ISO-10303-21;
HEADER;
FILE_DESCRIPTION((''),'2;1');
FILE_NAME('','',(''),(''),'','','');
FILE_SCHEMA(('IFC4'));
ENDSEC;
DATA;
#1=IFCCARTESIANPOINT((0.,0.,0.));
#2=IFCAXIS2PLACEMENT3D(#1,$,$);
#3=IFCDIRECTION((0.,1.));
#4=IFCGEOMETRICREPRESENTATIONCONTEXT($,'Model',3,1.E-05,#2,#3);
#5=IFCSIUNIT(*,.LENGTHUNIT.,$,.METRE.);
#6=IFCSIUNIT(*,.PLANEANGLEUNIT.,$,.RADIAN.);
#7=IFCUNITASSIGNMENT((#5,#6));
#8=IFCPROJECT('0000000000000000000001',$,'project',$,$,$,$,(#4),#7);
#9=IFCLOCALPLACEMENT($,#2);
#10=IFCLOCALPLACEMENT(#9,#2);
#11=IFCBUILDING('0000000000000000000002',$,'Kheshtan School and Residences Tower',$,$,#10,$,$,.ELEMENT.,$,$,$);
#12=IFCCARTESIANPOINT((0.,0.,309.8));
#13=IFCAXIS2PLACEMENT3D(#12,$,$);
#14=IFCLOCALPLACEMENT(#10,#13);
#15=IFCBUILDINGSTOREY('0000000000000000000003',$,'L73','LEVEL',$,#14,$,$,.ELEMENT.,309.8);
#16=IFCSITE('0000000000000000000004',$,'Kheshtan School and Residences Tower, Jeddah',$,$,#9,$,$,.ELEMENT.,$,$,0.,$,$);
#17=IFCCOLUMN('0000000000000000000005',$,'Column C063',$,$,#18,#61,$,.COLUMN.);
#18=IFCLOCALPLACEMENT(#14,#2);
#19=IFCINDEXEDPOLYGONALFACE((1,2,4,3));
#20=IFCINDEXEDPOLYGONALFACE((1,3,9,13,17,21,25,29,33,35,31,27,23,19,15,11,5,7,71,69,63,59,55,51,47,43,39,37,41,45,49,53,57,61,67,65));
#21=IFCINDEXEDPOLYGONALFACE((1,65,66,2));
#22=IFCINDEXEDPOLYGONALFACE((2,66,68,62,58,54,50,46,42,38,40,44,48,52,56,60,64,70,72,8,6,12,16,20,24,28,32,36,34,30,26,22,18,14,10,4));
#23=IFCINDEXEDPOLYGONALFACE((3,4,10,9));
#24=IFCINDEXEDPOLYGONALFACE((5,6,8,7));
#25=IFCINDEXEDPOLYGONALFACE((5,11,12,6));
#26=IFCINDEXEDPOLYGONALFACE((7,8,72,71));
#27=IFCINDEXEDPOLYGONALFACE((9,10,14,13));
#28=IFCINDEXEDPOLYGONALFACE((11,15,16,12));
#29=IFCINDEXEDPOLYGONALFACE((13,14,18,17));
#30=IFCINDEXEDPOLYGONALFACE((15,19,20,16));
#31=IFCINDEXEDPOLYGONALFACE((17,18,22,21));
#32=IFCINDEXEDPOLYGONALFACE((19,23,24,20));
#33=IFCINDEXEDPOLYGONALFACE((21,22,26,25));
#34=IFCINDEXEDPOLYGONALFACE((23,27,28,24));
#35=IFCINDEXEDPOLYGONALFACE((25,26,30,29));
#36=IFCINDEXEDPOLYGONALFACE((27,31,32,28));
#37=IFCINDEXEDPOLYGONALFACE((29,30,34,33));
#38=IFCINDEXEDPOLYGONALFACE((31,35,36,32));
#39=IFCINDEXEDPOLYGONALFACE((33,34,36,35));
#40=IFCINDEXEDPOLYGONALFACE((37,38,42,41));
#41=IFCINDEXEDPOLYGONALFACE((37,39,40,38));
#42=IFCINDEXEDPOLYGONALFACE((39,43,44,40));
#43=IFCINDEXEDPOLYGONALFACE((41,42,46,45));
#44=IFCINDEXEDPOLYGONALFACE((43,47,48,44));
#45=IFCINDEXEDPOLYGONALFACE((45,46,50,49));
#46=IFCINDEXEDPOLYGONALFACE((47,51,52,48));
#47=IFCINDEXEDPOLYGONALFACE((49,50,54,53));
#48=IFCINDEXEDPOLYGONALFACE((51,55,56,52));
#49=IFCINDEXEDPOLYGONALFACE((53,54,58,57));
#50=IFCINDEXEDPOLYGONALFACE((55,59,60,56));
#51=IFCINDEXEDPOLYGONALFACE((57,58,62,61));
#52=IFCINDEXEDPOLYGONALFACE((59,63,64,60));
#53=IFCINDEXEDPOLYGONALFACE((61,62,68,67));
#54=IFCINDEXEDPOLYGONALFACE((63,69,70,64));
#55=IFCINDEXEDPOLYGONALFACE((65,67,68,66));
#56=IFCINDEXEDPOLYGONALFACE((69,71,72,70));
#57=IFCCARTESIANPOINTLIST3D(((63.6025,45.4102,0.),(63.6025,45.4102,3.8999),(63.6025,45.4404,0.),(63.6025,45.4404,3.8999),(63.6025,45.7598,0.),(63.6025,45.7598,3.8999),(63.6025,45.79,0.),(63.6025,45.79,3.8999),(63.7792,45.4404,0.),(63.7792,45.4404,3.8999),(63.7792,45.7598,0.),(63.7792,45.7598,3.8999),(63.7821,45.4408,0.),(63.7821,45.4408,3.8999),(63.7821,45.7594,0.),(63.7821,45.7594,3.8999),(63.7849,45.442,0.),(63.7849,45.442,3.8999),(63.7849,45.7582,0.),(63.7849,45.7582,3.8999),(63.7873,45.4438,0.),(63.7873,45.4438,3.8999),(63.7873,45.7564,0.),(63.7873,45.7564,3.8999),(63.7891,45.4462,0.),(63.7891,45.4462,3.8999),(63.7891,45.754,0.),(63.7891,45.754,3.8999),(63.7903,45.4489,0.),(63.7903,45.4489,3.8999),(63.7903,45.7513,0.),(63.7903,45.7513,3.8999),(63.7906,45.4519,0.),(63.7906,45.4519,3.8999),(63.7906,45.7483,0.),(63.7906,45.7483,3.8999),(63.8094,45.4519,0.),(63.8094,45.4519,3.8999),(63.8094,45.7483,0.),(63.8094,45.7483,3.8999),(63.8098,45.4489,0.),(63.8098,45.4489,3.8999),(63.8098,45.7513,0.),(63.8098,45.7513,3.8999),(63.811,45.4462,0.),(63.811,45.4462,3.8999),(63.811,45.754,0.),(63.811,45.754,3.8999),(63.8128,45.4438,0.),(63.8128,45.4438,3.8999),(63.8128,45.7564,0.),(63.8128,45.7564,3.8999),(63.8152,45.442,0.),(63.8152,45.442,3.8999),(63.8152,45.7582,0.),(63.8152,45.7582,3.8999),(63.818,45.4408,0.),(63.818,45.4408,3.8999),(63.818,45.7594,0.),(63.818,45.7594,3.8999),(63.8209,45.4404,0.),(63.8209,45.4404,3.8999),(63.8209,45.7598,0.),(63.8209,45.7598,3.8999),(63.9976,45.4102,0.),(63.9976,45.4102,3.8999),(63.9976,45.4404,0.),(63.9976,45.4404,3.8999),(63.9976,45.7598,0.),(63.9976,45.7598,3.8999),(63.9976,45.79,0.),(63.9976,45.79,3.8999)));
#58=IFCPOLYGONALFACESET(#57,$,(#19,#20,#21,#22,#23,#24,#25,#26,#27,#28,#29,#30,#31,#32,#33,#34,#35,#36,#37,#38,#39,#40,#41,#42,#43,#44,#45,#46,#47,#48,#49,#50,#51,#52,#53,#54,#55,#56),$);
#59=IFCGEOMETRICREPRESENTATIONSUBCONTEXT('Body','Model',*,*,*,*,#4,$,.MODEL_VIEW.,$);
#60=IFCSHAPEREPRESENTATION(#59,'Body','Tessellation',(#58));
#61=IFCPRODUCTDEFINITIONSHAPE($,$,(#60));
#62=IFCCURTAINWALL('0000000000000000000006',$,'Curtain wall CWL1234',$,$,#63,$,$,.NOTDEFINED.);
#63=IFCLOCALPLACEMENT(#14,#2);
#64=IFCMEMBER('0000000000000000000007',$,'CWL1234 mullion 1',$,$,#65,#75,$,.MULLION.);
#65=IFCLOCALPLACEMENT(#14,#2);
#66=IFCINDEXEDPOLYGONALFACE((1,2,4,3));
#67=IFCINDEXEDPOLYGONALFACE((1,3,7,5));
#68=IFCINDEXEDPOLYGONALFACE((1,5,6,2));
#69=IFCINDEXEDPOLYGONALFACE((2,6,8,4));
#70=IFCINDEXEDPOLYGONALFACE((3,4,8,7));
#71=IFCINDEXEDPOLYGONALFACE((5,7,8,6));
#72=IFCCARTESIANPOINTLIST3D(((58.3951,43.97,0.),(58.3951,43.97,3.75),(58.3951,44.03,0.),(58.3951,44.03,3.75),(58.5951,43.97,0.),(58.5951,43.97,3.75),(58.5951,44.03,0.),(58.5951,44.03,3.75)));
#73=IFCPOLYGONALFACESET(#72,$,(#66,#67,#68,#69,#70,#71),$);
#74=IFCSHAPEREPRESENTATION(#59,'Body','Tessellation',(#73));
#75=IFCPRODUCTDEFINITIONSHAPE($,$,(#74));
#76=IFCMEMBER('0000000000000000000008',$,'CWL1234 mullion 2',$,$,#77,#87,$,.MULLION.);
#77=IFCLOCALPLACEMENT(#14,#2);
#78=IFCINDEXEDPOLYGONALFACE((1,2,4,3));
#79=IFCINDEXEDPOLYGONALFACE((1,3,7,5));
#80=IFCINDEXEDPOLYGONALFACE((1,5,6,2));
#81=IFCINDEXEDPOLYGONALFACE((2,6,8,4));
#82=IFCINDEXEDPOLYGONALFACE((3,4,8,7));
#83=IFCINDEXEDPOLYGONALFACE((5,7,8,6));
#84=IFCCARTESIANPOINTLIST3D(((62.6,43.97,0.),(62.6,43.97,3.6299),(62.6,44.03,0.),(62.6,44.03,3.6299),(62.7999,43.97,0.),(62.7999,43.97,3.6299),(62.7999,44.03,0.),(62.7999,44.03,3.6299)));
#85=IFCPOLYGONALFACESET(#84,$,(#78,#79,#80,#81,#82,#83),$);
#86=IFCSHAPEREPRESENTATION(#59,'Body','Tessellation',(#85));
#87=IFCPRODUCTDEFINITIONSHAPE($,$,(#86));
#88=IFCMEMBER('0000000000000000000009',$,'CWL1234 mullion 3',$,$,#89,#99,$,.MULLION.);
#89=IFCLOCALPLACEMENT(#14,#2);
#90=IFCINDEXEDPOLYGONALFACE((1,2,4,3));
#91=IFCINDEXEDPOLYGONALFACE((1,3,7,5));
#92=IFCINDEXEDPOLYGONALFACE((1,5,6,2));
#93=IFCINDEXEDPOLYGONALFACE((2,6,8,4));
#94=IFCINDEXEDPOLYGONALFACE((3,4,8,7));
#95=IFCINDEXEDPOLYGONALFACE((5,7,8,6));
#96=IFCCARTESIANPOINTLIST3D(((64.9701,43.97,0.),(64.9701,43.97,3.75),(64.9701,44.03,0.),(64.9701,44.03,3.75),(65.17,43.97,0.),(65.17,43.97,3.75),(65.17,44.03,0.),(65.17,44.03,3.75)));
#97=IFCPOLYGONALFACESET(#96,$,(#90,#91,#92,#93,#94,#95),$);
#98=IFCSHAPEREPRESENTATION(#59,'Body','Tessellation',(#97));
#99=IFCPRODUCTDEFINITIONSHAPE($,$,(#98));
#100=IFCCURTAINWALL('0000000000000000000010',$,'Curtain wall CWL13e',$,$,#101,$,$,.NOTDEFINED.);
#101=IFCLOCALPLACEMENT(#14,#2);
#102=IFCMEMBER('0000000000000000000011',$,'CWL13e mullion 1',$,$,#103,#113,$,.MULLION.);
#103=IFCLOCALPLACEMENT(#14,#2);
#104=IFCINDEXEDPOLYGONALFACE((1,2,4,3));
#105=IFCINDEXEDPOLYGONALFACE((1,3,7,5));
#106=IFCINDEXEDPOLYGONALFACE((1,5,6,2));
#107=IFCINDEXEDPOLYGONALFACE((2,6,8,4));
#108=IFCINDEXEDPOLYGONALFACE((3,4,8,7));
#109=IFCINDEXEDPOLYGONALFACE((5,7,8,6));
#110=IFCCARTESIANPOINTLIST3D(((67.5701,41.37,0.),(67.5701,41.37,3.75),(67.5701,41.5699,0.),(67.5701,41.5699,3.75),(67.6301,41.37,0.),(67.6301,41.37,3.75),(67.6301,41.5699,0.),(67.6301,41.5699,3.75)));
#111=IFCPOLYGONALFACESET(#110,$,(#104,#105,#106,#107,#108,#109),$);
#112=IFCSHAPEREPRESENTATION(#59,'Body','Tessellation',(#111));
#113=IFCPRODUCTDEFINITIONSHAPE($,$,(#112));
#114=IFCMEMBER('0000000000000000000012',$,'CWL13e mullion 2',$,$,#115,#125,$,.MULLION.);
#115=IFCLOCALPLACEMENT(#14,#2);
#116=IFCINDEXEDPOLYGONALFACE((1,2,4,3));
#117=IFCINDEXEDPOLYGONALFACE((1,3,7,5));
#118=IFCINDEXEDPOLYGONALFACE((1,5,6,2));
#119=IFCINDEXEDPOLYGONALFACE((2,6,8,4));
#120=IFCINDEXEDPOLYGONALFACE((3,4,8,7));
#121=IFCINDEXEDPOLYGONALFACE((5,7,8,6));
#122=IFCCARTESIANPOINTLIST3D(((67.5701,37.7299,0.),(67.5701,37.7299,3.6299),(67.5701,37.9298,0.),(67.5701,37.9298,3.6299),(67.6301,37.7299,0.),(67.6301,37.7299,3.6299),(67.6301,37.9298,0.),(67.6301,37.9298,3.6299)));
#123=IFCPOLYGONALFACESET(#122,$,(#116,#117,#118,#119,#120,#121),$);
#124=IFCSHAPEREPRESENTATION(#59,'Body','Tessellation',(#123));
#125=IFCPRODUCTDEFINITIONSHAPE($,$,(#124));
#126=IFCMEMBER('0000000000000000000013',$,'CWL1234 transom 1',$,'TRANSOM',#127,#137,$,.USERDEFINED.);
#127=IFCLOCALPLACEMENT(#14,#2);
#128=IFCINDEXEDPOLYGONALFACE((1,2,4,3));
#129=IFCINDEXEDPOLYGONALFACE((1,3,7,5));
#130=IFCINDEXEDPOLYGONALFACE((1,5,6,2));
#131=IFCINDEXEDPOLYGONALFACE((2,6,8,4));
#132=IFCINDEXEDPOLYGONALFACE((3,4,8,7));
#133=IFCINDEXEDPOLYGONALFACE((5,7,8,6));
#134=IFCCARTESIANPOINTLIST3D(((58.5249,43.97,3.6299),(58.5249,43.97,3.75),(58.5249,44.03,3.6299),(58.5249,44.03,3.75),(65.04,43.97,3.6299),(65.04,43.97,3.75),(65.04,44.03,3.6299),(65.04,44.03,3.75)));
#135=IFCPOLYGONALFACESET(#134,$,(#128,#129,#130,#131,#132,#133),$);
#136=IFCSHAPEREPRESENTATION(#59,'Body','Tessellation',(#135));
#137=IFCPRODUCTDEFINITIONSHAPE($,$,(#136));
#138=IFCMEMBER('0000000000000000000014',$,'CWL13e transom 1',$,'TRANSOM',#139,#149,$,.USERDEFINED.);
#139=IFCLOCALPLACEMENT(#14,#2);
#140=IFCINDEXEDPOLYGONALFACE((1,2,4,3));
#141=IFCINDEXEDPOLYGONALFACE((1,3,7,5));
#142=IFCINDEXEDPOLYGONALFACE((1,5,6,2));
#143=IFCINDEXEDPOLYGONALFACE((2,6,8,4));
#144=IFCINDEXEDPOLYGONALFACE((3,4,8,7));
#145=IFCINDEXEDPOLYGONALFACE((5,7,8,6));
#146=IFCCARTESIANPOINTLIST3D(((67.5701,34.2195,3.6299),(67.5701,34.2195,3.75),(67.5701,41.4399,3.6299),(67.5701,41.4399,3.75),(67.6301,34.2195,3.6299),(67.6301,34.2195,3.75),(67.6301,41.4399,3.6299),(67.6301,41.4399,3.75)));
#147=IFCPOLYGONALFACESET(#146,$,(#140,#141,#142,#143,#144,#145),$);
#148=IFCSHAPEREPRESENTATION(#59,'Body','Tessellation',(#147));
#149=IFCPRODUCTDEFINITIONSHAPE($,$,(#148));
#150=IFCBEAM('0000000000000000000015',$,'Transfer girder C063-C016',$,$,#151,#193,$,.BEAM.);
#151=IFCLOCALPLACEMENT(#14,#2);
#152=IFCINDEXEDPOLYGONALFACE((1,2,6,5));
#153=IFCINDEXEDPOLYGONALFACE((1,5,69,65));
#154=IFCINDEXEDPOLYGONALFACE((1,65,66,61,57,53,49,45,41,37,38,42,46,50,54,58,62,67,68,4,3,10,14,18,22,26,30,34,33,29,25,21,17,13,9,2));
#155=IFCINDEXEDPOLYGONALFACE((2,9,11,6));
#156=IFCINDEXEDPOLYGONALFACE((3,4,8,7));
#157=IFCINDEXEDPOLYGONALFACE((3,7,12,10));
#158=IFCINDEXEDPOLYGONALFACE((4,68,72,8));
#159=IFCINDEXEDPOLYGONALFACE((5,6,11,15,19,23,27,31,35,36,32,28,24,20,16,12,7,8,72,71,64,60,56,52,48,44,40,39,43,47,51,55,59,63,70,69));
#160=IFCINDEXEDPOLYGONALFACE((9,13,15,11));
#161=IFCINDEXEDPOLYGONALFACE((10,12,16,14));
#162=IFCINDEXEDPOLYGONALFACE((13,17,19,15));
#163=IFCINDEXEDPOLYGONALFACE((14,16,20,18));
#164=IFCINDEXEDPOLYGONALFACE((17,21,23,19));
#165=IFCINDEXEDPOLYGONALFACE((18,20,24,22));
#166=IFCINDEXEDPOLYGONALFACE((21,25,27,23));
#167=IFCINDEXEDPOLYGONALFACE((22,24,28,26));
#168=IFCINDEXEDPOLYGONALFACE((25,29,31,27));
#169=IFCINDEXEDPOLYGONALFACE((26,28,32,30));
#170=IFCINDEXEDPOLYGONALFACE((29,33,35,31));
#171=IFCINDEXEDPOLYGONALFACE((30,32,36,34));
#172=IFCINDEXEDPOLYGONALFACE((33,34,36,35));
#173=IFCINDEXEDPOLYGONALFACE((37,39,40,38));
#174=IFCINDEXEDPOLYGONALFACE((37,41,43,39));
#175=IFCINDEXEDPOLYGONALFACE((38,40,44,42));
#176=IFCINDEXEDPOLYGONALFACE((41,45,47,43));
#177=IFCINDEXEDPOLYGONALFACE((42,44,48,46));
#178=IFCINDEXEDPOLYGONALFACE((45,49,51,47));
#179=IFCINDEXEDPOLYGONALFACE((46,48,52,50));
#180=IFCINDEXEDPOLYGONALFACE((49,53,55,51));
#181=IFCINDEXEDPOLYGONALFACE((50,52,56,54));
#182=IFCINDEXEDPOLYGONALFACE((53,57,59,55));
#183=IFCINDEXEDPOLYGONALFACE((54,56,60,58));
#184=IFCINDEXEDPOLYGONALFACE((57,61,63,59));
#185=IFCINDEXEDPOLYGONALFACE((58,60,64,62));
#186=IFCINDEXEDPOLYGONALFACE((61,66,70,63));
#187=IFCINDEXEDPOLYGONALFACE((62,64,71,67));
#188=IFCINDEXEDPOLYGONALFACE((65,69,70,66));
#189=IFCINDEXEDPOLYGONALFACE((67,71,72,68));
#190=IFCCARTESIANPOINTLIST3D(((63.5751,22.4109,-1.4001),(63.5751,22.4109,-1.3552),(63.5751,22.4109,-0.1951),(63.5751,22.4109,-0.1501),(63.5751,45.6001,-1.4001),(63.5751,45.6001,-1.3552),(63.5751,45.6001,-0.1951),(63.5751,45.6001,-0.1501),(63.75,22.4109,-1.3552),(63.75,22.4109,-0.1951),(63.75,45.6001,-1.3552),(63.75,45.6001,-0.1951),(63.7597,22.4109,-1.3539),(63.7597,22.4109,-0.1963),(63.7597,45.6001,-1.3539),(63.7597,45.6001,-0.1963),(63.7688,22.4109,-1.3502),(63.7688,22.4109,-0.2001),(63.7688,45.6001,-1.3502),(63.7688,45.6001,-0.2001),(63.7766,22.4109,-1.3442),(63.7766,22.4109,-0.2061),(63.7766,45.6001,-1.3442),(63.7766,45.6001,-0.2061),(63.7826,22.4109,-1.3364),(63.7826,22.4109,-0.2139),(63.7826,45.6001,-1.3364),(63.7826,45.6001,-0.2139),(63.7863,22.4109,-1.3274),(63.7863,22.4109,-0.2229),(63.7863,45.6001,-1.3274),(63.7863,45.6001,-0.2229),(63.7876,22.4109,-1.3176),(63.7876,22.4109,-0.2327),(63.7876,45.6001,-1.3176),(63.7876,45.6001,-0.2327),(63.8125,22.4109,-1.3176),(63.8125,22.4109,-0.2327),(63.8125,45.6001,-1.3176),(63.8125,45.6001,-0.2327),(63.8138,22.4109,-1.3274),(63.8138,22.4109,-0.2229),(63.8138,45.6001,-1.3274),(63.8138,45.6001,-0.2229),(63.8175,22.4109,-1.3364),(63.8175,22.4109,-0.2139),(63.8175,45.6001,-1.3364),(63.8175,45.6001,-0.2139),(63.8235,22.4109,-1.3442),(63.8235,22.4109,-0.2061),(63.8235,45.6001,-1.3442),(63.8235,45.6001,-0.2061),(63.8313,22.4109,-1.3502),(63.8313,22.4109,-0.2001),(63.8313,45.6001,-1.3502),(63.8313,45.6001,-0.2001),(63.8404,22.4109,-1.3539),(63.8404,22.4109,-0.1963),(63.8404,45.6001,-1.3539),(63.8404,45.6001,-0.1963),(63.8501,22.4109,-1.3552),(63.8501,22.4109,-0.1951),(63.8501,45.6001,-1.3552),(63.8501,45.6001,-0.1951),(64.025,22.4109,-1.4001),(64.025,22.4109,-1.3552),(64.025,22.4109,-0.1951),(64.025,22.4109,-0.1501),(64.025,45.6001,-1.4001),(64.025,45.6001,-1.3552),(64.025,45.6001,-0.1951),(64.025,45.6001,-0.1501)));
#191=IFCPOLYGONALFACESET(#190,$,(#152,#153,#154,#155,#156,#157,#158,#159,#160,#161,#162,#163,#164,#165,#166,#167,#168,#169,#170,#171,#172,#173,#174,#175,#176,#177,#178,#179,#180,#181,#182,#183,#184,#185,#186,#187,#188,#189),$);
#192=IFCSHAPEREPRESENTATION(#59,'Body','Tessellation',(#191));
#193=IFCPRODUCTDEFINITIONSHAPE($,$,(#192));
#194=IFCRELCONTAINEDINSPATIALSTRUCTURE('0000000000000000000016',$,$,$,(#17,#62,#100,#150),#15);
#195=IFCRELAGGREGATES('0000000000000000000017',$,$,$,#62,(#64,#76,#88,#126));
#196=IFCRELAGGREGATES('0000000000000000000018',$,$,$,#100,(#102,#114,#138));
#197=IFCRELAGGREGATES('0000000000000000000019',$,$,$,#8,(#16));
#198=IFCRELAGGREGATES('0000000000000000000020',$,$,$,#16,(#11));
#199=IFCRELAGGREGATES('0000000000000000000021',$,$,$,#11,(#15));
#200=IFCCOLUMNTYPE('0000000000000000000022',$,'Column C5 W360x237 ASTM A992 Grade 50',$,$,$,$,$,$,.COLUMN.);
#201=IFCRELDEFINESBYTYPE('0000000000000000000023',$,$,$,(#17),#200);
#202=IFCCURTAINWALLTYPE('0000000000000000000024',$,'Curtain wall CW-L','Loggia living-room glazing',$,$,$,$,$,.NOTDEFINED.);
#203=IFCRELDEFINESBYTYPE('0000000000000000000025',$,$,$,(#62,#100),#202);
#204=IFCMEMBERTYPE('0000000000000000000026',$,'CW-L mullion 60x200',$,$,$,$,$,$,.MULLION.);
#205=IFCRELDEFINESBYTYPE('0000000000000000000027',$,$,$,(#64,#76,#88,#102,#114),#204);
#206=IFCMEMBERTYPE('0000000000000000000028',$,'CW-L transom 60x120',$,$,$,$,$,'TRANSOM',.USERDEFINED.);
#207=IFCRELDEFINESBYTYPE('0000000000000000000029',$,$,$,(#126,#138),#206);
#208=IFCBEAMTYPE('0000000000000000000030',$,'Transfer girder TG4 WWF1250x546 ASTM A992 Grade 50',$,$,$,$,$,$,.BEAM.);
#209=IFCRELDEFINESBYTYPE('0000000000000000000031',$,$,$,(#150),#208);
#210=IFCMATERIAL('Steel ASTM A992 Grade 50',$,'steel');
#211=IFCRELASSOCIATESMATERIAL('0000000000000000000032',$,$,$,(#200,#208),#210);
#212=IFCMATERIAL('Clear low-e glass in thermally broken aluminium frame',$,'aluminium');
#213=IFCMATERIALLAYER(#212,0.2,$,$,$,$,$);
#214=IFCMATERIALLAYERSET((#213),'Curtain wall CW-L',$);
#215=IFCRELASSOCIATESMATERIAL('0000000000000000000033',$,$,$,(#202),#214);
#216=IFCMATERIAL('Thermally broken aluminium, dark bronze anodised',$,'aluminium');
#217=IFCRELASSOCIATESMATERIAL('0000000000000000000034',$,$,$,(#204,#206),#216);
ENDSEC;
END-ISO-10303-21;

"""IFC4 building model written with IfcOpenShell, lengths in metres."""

from ifc_helpers import new_model, si_unit, direction, frame, origin, origin_2d, place, context, subcontext, project, spatial, rectangle, i_section, extrude, material, layer, layer_set, material_profile, profile_set, type_object, element, aggregate, save


model = new_model("IFC4")

# Units and contexts
model_context = context("Model", 3, precision=1e-05, world=origin(), true_north=direction((0.0, 1.0)))
body_context = subcontext(model_context, "Body", "Model", "MODEL_VIEW")
ifc_project = project(units=[si_unit("LENGTHUNIT", "METRE"), si_unit("PLANEANGLEUNIT", "RADIAN")], contexts=[model_context])

# Site, building, storey
site_placement = place(None, origin())
site = spatial("IfcSite", under=ifc_project, at=site_placement, Name="Kheshtan School and Residences Tower, Jeddah", CompositionType="ELEMENT", RefElevation=0.0)
building_placement = place(site_placement, origin())
building = spatial("IfcBuilding", under=site, at=building_placement, Name="Kheshtan School and Residences Tower", CompositionType="ELEMENT")
storey_placement = place(building_placement, frame((0.0, 0.0, 309.8)))
storey = spatial("IfcBuildingStorey", under=building, at=storey_placement, Name="L73", Description="LEVEL", CompositionType="ELEMENT", Elevation=309.8)

# Column
ifc_material_1 = material(Name="Steel ASTM A992 Grade 50", Category="steel")
ifc_material_profile_1 = material_profile(ifc_material_1, i_section(OverallWidth=0.395, OverallDepth=0.3799, WebThickness=0.0188, FlangeThickness=0.0303, FilletRadius=0.0115, at=origin_2d()), Name="W360x237")
ifc_profile_set_1 = profile_set([ifc_material_profile_1], Name="Steel ASTM A992 Grade 50")
column_type = type_object("IfcColumnType", Name="Column C5 W360x237 ASTM A992 Grade 50", PredefinedType="COLUMN", material=ifc_profile_set_1)
column_placement = place(storey_placement, frame((63.8, 45.6001, 0.0), z_axis=(0.0, 0.0, 1.0), x_axis=(1.0, 0.0, 0.0)))
element("IfcColumn", 1, at=column_placement, inside=storey, type_object=column_type, Name="Column C063", PredefinedType="COLUMN", context=body_context, shape_type="SweptSolid", body=[
    extrude(i_section(OverallWidth=0.395, OverallDepth=0.3799, WebThickness=0.0188, FlangeThickness=0.0303, FilletRadius=0.0115, at=origin_2d()), origin(), (0.0, 0.0, 1.0), 3.8999),
])

# Curtain walls, members
ifc_material_2 = material(Name="Clear low-e glass in thermally broken aluminium frame", Category="aluminium")
ifc_layer_1 = layer(ifc_material_2, 0.2)
ifc_layer_set_1 = layer_set([ifc_layer_1], Name="Curtain wall CW-L")
curtain_wall_type = type_object("IfcCurtainWallType", Name="Curtain wall CW-L", Description="Loggia living-room glazing", PredefinedType="NOTDEFINED", material=ifc_layer_set_1)
curtain_wall_1_placement = place(storey_placement, origin())
curtain_wall_1 = element("IfcCurtainWall", 2, at=curtain_wall_1_placement, inside=storey, type_object=curtain_wall_type, Name="Curtain wall CWL1234", PredefinedType="NOTDEFINED")
ifc_material_3 = material(Name="Thermally broken aluminium, dark bronze anodised", Category="aluminium")
ifc_material_profile_2 = material_profile(ifc_material_3, rectangle(XDim=0.0601, YDim=0.2, at=origin_2d()), Name="CW-L mullion 60x200")
ifc_profile_set_2 = profile_set([ifc_material_profile_2], Name="Thermally broken aluminium, dark bronze anodised")
member_type_1 = type_object("IfcMemberType", Name="CW-L mullion 60x200", PredefinedType="MULLION", material=ifc_profile_set_2)
member_1_placement = place(storey_placement, frame((58.4951, 44.0, 0.0), z_axis=(0.0, 0.0, 1.0), x_axis=(0.0, 1.0, 0.0)))
member_1 = element("IfcMember", 3, at=member_1_placement, type_object=member_type_1, Name="CWL1234 mullion 1", PredefinedType="MULLION", context=body_context, shape_type="SweptSolid", body=[
    extrude(rectangle(XDim=0.0601, YDim=0.2, at=origin_2d()), origin(), (0.0, 0.0, 1.0), 3.75),
])
member_2_placement = place(storey_placement, frame((62.7, 44.0, 0.0), z_axis=(0.0, 0.0, 1.0), x_axis=(0.0, 1.0, 0.0)))
member_2 = element("IfcMember", 4, at=member_2_placement, type_object=member_type_1, Name="CWL1234 mullion 2", PredefinedType="MULLION", context=body_context, shape_type="SweptSolid", body=[
    extrude(rectangle(XDim=0.0601, YDim=0.2, at=origin_2d()), origin(), (0.0, 0.0, 1.0), 3.6299),
])
member_3_placement = place(storey_placement, frame((65.0701, 44.0, 0.0), z_axis=(0.0, 0.0, 1.0), x_axis=(0.0, 1.0, 0.0)))
member_3 = element("IfcMember", 5, at=member_3_placement, type_object=member_type_1, Name="CWL1234 mullion 3", PredefinedType="MULLION", context=body_context, shape_type="SweptSolid", body=[
    extrude(rectangle(XDim=0.0601, YDim=0.2, at=origin_2d()), origin(), (0.0, 0.0, 1.0), 3.75),
])
curtain_wall_2_placement = place(storey_placement, origin())
curtain_wall_2 = element("IfcCurtainWall", 6, at=curtain_wall_2_placement, inside=storey, type_object=curtain_wall_type, Name="Curtain wall CWL13e", PredefinedType="NOTDEFINED")
member_4_placement = place(storey_placement, frame((67.6001, 41.47, 0.0), z_axis=(0.0, 0.0, 1.0), x_axis=(1.0, 0.0, 0.0)))
member_4 = element("IfcMember", 7, at=member_4_placement, type_object=member_type_1, Name="CWL13e mullion 1", PredefinedType="MULLION", context=body_context, shape_type="SweptSolid", body=[
    extrude(rectangle(XDim=0.0601, YDim=0.2, at=origin_2d()), origin(), (0.0, 0.0, 1.0), 3.75),
])
member_5_placement = place(storey_placement, frame((67.6001, 37.8298, 0.0), z_axis=(0.0, 0.0, 1.0), x_axis=(1.0, 0.0, 0.0)))
member_5 = element("IfcMember", 8, at=member_5_placement, type_object=member_type_1, Name="CWL13e mullion 2", PredefinedType="MULLION", context=body_context, shape_type="SweptSolid", body=[
    extrude(rectangle(XDim=0.0601, YDim=0.2, at=origin_2d()), origin(), (0.0, 0.0, 1.0), 3.6299),
])

# Members
ifc_material_profile_3 = material_profile(ifc_material_3, rectangle(XDim=0.0601, YDim=0.1201, at=origin_2d()), Name="CW-L transom 60x120")
ifc_profile_set_3 = profile_set([ifc_material_profile_3], Name="Thermally broken aluminium, dark bronze anodised")
member_type_2 = type_object("IfcMemberType", Name="CW-L transom 60x120", ElementType="TRANSOM", PredefinedType="USERDEFINED", material=ifc_profile_set_3)
member_6_placement = place(storey_placement, frame((58.5249, 44.0, 3.6899), z_axis=(1.0, 0.0, 0.0), x_axis=(0.0, 1.0, 0.0)))
member_6 = element("IfcMember", 9, at=member_6_placement, type_object=member_type_2, Name="CWL1234 transom 1", ObjectType="TRANSOM", PredefinedType="USERDEFINED", context=body_context, shape_type="SweptSolid", body=[
    extrude(rectangle(XDim=0.0601, YDim=0.1201, at=origin_2d()), origin(), (0.0, 0.0, 1.0), 6.5151),
])
member_7_placement = place(storey_placement, frame((67.6001, 41.4399, 3.6899), z_axis=(0.0, -1.0, 0.0), x_axis=(1.0, 0.0, 0.0)))
member_7 = element("IfcMember", 10, at=member_7_placement, type_object=member_type_2, Name="CWL13e transom 1", ObjectType="TRANSOM", PredefinedType="USERDEFINED", context=body_context, shape_type="SweptSolid", body=[
    extrude(rectangle(XDim=0.0601, YDim=0.1201, at=origin_2d()), origin(), (0.0, 0.0, 1.0), 7.2205),
])

# Beam
ifc_material_profile_4 = material_profile(ifc_material_1, i_section(OverallWidth=0.45, OverallDepth=1.25, WebThickness=0.0249, FlangeThickness=0.0449, FilletRadius=0.0376, at=origin_2d()), Name="WWF1250x546")
ifc_profile_set_4 = profile_set([ifc_material_profile_4], Name="Steel ASTM A992 Grade 50")
beam_type = type_object("IfcBeamType", Name="Transfer girder TG4 WWF1250x546 ASTM A992 Grade 50", PredefinedType="BEAM", material=ifc_profile_set_4)
beam_placement = place(storey_placement, frame((63.8, 45.6001, -0.7751), z_axis=(0.0, -1.0, 0.0), x_axis=(1.0, 0.0, 0.0)))
element("IfcBeam", 11, at=beam_placement, inside=storey, type_object=beam_type, Name="Transfer girder C063-C016", PredefinedType="BEAM", context=body_context, shape_type="SweptSolid", body=[
    extrude(i_section(OverallWidth=0.45, OverallDepth=1.25, WebThickness=0.0249, FlangeThickness=0.0449, FilletRadius=0.0376, at=origin_2d()), origin(), (0.0, 0.0, 1.0), 23.1892),
])

aggregate(curtain_wall_1, [member_1, member_2, member_3, member_6])
aggregate(curtain_wall_2, [member_4, member_5, member_7])

save(model, "model.ifc")
